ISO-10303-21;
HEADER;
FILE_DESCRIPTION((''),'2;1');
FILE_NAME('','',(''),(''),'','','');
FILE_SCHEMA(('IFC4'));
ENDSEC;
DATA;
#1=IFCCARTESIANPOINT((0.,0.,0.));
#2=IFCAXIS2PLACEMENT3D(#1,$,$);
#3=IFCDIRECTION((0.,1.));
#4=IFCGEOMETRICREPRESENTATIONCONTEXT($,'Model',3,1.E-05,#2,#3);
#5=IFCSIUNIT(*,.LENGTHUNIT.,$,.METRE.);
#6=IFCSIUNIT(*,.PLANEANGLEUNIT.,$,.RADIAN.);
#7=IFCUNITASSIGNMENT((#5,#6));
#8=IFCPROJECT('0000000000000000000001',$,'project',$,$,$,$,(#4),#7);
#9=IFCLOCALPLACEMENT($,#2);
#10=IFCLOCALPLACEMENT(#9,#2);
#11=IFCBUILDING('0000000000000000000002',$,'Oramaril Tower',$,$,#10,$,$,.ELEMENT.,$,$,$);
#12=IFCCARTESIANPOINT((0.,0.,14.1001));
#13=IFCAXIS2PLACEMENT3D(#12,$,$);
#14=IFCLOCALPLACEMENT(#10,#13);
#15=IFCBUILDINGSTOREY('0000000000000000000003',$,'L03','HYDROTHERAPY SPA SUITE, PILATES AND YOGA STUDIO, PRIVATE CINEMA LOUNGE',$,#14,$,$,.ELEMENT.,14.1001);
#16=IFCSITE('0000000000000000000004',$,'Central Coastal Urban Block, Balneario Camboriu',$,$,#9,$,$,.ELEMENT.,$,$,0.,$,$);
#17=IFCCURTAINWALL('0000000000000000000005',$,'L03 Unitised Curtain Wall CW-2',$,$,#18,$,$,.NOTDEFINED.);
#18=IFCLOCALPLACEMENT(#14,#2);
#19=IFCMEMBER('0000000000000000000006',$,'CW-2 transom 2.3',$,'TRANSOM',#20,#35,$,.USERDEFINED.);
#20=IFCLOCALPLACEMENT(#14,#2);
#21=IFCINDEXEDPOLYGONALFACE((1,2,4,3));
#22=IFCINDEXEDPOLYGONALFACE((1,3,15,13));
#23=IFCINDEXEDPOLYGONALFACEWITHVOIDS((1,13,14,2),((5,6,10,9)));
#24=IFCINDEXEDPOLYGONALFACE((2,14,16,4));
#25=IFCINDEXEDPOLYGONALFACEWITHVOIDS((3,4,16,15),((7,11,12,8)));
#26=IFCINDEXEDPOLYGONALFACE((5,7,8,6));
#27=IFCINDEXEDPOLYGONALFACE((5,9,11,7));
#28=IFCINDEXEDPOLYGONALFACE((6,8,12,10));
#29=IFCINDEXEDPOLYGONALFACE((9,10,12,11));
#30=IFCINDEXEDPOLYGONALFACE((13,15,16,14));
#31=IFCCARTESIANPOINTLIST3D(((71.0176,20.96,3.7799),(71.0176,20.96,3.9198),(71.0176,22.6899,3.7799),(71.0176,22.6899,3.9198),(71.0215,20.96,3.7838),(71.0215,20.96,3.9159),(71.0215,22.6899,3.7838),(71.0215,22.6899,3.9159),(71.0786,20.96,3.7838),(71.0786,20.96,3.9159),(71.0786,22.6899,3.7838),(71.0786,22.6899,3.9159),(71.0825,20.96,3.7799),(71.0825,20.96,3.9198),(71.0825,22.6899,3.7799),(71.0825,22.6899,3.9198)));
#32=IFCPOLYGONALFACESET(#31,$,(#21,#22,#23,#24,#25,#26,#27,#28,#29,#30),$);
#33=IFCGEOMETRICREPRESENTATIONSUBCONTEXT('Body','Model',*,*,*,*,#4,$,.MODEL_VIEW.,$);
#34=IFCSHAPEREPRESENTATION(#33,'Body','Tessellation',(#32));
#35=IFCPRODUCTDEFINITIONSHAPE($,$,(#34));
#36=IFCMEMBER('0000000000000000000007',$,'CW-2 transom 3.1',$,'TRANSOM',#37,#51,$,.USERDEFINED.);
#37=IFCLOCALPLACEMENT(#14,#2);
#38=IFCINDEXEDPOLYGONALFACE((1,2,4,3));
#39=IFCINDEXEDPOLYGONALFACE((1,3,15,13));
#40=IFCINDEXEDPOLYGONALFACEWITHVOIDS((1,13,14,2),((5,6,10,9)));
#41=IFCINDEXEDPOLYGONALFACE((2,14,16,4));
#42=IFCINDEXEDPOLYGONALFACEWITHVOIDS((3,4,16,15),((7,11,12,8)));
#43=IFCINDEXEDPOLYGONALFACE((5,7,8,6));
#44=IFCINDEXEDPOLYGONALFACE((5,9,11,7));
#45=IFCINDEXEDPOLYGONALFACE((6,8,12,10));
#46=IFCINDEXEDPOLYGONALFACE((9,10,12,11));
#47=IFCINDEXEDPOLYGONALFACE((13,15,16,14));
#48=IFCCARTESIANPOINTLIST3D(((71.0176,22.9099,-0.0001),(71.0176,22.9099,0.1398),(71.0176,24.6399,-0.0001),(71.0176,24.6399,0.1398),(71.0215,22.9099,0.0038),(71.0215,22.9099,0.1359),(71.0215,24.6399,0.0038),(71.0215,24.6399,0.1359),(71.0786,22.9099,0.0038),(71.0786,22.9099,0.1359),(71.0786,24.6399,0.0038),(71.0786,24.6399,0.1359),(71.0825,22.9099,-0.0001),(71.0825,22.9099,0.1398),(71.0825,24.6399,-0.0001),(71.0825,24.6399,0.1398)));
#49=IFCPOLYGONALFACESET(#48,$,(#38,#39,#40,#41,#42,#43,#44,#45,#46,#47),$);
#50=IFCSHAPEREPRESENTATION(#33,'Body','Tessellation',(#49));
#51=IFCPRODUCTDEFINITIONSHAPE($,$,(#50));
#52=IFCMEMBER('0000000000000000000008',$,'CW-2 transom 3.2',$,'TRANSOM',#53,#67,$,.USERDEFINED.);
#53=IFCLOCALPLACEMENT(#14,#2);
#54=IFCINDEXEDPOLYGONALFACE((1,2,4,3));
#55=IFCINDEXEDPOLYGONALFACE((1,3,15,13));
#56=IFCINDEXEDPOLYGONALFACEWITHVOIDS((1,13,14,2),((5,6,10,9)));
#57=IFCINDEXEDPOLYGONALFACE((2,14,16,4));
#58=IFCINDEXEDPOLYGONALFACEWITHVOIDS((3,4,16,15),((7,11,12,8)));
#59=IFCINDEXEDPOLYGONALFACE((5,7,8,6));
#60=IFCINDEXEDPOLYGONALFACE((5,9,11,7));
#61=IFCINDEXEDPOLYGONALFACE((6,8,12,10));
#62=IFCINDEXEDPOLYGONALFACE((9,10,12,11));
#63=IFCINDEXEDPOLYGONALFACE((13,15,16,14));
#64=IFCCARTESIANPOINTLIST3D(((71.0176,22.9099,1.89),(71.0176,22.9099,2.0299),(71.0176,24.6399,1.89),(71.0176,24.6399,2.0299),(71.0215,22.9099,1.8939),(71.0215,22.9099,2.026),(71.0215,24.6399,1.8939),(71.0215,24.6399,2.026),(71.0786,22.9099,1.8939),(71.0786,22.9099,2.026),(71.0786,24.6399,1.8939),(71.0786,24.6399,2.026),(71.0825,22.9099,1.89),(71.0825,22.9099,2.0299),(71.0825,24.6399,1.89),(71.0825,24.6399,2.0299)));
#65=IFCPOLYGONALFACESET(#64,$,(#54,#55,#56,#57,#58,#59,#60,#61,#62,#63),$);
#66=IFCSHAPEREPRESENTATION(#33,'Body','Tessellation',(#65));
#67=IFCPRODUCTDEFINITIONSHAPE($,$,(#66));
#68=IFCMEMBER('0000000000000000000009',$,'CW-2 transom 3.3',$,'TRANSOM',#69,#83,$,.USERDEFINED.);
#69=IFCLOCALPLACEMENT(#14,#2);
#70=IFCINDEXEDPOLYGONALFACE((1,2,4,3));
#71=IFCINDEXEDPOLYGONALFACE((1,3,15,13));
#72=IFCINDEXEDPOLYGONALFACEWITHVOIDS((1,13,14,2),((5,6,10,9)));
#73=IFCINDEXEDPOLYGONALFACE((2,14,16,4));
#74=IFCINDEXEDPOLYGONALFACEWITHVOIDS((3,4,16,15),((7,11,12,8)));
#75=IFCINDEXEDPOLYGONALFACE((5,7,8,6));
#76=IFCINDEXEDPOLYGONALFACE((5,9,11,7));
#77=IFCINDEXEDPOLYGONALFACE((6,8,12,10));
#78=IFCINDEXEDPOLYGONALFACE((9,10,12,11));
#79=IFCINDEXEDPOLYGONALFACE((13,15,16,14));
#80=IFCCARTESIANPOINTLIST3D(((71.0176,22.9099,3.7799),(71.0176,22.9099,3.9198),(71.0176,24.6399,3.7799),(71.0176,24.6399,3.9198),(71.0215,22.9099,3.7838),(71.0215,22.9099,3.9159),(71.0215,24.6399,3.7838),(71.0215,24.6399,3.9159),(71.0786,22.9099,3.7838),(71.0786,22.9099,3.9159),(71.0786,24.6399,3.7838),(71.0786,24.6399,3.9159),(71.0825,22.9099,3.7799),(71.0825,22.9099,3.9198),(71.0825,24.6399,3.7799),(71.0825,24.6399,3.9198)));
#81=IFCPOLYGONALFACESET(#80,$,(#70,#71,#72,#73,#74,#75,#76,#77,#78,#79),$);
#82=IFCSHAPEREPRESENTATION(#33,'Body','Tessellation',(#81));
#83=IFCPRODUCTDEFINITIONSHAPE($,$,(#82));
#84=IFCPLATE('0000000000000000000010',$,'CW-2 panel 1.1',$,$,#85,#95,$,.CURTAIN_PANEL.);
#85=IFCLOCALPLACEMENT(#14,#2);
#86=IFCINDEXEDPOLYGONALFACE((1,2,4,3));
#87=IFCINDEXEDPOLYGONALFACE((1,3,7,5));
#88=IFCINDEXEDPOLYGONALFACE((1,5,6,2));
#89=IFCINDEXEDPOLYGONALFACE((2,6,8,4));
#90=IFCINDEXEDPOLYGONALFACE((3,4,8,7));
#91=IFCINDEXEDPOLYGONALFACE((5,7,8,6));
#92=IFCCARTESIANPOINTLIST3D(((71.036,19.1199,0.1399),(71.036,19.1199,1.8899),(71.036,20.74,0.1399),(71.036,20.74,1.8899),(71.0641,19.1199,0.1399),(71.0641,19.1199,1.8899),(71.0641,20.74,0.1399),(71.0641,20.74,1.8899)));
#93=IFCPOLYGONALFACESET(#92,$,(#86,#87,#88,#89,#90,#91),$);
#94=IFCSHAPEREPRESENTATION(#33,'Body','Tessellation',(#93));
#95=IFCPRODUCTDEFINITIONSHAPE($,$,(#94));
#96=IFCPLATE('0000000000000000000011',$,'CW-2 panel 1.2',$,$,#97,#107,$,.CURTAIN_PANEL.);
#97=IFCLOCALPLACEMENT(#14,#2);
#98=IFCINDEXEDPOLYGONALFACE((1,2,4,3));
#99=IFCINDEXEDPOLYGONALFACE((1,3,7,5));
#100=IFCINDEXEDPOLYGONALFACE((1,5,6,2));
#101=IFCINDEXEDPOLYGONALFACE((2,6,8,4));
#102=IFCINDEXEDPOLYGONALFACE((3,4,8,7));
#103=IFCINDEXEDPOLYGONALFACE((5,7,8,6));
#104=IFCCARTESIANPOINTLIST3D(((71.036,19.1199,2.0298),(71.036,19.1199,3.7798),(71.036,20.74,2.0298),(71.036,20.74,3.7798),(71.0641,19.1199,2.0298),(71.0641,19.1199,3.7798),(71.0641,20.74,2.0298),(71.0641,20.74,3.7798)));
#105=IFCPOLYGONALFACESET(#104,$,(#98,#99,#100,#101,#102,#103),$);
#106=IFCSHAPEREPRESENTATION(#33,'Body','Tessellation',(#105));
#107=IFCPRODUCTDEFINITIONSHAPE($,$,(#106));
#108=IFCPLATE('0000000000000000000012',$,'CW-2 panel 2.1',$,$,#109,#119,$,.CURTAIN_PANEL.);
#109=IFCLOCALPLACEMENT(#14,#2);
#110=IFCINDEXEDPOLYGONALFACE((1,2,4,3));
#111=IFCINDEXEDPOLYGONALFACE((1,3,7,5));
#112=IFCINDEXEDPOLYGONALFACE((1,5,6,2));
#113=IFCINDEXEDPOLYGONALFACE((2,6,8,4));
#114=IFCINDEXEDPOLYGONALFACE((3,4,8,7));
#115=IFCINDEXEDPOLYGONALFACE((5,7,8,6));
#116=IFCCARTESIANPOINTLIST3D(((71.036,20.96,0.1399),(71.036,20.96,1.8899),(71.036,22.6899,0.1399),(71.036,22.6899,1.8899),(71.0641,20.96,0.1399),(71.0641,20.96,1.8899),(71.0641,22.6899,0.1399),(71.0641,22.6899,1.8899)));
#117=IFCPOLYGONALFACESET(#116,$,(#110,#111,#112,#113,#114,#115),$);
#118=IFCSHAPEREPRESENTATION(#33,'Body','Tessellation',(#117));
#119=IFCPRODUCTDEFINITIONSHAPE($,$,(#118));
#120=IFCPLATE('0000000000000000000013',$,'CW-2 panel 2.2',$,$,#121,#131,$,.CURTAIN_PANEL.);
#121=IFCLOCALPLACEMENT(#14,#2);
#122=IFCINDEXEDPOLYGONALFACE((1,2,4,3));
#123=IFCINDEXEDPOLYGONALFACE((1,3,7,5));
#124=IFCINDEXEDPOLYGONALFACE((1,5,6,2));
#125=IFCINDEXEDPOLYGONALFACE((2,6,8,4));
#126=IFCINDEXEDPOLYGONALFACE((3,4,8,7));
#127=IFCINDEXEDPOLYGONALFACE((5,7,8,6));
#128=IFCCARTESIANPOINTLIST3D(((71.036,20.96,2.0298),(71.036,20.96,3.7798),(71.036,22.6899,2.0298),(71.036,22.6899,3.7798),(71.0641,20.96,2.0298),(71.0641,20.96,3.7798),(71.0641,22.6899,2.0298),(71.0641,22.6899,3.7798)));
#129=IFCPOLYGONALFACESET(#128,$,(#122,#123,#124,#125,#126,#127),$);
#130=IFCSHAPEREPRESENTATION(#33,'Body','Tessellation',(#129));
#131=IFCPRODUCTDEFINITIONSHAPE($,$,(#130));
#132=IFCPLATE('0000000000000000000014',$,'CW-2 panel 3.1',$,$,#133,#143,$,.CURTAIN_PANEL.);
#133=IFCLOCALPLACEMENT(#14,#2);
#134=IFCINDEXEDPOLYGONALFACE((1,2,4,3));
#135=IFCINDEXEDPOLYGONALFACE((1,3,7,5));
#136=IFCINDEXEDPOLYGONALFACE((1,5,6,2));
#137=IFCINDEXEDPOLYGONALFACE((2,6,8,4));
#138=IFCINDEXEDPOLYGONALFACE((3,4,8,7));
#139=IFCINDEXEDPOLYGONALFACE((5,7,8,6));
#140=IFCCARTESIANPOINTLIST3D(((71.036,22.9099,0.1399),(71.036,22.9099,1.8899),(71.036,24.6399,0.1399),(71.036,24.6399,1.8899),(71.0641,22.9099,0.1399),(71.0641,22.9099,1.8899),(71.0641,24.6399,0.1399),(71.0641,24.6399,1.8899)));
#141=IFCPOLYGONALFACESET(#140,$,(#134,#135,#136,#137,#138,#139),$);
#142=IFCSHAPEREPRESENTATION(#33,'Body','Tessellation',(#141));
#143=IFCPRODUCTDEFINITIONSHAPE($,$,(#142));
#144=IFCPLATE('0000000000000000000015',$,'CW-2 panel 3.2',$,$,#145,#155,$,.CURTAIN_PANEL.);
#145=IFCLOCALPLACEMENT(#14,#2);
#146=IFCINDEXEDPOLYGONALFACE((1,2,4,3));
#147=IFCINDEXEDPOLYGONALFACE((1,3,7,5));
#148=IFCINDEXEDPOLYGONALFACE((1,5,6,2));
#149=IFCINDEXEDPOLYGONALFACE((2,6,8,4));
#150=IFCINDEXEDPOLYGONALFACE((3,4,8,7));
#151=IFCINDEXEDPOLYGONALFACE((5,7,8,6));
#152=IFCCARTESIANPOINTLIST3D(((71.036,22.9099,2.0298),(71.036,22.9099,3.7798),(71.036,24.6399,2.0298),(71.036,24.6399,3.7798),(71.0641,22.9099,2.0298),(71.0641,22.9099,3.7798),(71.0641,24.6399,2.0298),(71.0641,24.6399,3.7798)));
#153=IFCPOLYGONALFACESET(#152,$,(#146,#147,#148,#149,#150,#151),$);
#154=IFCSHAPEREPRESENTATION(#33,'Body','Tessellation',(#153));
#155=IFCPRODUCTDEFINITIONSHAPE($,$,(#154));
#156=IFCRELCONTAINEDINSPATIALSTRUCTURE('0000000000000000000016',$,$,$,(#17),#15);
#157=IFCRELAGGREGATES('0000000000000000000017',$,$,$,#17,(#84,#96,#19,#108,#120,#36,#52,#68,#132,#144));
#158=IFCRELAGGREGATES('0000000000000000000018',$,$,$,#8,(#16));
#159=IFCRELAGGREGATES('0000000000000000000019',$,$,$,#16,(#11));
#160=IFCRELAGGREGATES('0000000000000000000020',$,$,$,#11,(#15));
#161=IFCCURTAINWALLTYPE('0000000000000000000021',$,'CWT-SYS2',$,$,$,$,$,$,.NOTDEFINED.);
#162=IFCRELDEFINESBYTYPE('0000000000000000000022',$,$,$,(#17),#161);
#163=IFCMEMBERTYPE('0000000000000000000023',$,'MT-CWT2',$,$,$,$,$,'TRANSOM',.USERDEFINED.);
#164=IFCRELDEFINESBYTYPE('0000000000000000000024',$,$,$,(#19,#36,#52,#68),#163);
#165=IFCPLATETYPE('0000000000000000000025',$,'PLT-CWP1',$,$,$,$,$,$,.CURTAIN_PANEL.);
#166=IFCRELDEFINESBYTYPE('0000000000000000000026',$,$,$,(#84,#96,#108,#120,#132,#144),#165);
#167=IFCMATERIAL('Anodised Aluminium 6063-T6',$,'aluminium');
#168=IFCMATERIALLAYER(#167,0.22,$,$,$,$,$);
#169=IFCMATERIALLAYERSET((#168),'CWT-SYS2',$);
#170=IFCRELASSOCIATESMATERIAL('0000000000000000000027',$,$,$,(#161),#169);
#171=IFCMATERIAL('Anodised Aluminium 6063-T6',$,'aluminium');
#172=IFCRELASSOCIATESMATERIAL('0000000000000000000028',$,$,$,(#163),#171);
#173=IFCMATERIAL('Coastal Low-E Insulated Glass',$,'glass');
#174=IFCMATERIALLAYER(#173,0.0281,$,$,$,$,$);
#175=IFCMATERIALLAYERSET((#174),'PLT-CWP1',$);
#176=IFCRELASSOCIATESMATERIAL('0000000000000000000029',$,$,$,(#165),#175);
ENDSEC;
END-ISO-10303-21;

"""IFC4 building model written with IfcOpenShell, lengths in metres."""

from ifc_helpers import new_model, si_unit, direction, frame, origin, origin_2d, place, context, subcontext, project, spatial, rectangle, hollow_rectangle, extrude, material, layer, layer_set, material_profile, profile_set, type_object, element, aggregate, save


model = new_model("IFC4")

# Units and contexts
model_context = context("Model", 3, precision=1e-05, world=origin(), true_north=direction((0.0, 1.0)))
body_context = subcontext(model_context, "Body", "Model", "MODEL_VIEW")
ifc_project = project(units=[si_unit("LENGTHUNIT", "METRE"), si_unit("PLANEANGLEUNIT", "RADIAN")], contexts=[model_context])

# Site, building, storey
site_placement = place(None, origin())
site = spatial("IfcSite", under=ifc_project, at=site_placement, Name="Central Coastal Urban Block, Balneario Camboriu", CompositionType="ELEMENT", RefElevation=0.0)
building_placement = place(site_placement, origin())
building = spatial("IfcBuilding", under=site, at=building_placement, Name="Oramaril Tower", CompositionType="ELEMENT")
storey_placement = place(building_placement, frame((0.0, 0.0, 14.1001)))
storey = spatial("IfcBuildingStorey", under=building, at=storey_placement, Name="L03", Description="HYDROTHERAPY SPA SUITE, PILATES AND YOGA STUDIO, PRIVATE CINEMA LOUNGE", CompositionType="ELEMENT", Elevation=14.1001)

# Curtain wall, members, plates
ifc_material_1 = material(Name="Anodised Aluminium 6063-T6", Category="aluminium")
ifc_layer_1 = layer(ifc_material_1, 0.22)
ifc_layer_set_1 = layer_set([ifc_layer_1], Name="CWT-SYS2")
curtain_wall_type = type_object("IfcCurtainWallType", Name="CWT-SYS2", PredefinedType="NOTDEFINED", material=ifc_layer_set_1)
curtain_wall_placement = place(storey_placement, origin())
curtain_wall = element("IfcCurtainWall", 1, at=curtain_wall_placement, inside=storey, type_object=curtain_wall_type, Name="L03 Unitised Curtain Wall CW-2", PredefinedType="NOTDEFINED")
ifc_material_2 = material(Name="Anodised Aluminium 6063-T6", Category="aluminium")
ifc_material_profile_1 = material_profile(ifc_material_2, hollow_rectangle(XDim=0.0649, YDim=0.1399, WallThickness=0.0039, at=origin_2d()), Name="CWT140X65")
ifc_profile_set_1 = profile_set([ifc_material_profile_1], Name="Anodised Aluminium 6063-T6")
member_type_1 = type_object("IfcMemberType", Name="MT-CWT2", ElementType="TRANSOM", PredefinedType="USERDEFINED", material=ifc_profile_set_1)
member_1_placement = place(storey_placement, frame((71.05, 20.96, 3.8499), z_axis=(0.0, 1.0, 0.0), x_axis=(-1.0, 0.0, 0.0)))
member_1 = element("IfcMember", 2, at=member_1_placement, type_object=member_type_1, Name="CW-2 transom 2.3", ObjectType="TRANSOM", PredefinedType="USERDEFINED", context=body_context, shape_type="SweptSolid", body=[
    extrude(hollow_rectangle(XDim=0.0649, YDim=0.1399, WallThickness=0.0039, at=origin_2d()), origin(), (0.0, 0.0, 1.0), 1.73),
])
member_2_placement = place(storey_placement, frame((71.05, 22.9099, 0.0698), z_axis=(0.0, 1.0, 0.0), x_axis=(-1.0, 0.0, 0.0)))
member_2 = element("IfcMember", 3, at=member_2_placement, type_object=member_type_1, Name="CW-2 transom 3.1", ObjectType="TRANSOM", PredefinedType="USERDEFINED", context=body_context, shape_type="SweptSolid", body=[
    extrude(hollow_rectangle(XDim=0.0649, YDim=0.1399, WallThickness=0.0039, at=origin_2d()), origin(), (0.0, 0.0, 1.0), 1.73),
])
member_3_placement = place(storey_placement, frame((71.05, 22.9099, 1.96), z_axis=(0.0, 1.0, 0.0), x_axis=(-1.0, 0.0, 0.0)))
member_3 = element("IfcMember", 4, at=member_3_placement, type_object=member_type_1, Name="CW-2 transom 3.2", ObjectType="TRANSOM", PredefinedType="USERDEFINED", context=body_context, shape_type="SweptSolid", body=[
    extrude(hollow_rectangle(XDim=0.0649, YDim=0.1399, WallThickness=0.0039, at=origin_2d()), origin(), (0.0, 0.0, 1.0), 1.73),
])
member_4_placement = place(storey_placement, frame((71.05, 22.9099, 3.8499), z_axis=(0.0, 1.0, 0.0), x_axis=(-1.0, 0.0, 0.0)))
member_4 = element("IfcMember", 5, at=member_4_placement, type_object=member_type_1, Name="CW-2 transom 3.3", ObjectType="TRANSOM", PredefinedType="USERDEFINED", context=body_context, shape_type="SweptSolid", body=[
    extrude(hollow_rectangle(XDim=0.0649, YDim=0.1399, WallThickness=0.0039, at=origin_2d()), origin(), (0.0, 0.0, 1.0), 1.73),
])
ifc_material_3 = material(Name="Coastal Low-E Insulated Glass", Category="glass")
ifc_layer_2 = layer(ifc_material_3, 0.0281)
ifc_layer_set_2 = layer_set([ifc_layer_2], Name="PLT-CWP1")
plate_type = type_object("IfcPlateType", Name="PLT-CWP1", PredefinedType="CURTAIN_PANEL", material=ifc_layer_set_2)
plate_1_placement = place(storey_placement, frame((71.05, 19.9299, 0.1399), z_axis=(0.0, 0.0, 1.0), x_axis=(0.0, 1.0, 0.0)))
plate_1 = element("IfcPlate", 6, at=plate_1_placement, type_object=plate_type, Name="CW-2 panel 1.1", PredefinedType="CURTAIN_PANEL", context=body_context, shape_type="SweptSolid", body=[
    extrude(rectangle(XDim=1.6201, YDim=0.0281, at=origin_2d()), origin(), (0.0, 0.0, 1.0), 1.75),
])
plate_2_placement = place(storey_placement, frame((71.05, 19.9299, 2.0298), z_axis=(0.0, 0.0, 1.0), x_axis=(0.0, 1.0, 0.0)))
plate_2 = element("IfcPlate", 7, at=plate_2_placement, type_object=plate_type, Name="CW-2 panel 1.2", PredefinedType="CURTAIN_PANEL", context=body_context, shape_type="SweptSolid", body=[
    extrude(rectangle(XDim=1.6201, YDim=0.0281, at=origin_2d()), origin(), (0.0, 0.0, 1.0), 1.75),
])
plate_3_placement = place(storey_placement, frame((71.05, 21.825, 0.1399), z_axis=(0.0, 0.0, 1.0), x_axis=(0.0, 1.0, 0.0)))
plate_3 = element("IfcPlate", 8, at=plate_3_placement, type_object=plate_type, Name="CW-2 panel 2.1", PredefinedType="CURTAIN_PANEL", context=body_context, shape_type="SweptSolid", body=[
    extrude(rectangle(XDim=1.73, YDim=0.0281, at=origin_2d()), origin(), (0.0, 0.0, 1.0), 1.75),
])
plate_4_placement = place(storey_placement, frame((71.05, 21.825, 2.0298), z_axis=(0.0, 0.0, 1.0), x_axis=(0.0, 1.0, 0.0)))
plate_4 = element("IfcPlate", 9, at=plate_4_placement, type_object=plate_type, Name="CW-2 panel 2.2", PredefinedType="CURTAIN_PANEL", context=body_context, shape_type="SweptSolid", body=[
    extrude(rectangle(XDim=1.73, YDim=0.0281, at=origin_2d()), origin(), (0.0, 0.0, 1.0), 1.75),
])
plate_5_placement = place(storey_placement, frame((71.05, 23.7749, 0.1399), z_axis=(0.0, 0.0, 1.0), x_axis=(0.0, 1.0, 0.0)))
plate_5 = element("IfcPlate", 10, at=plate_5_placement, type_object=plate_type, Name="CW-2 panel 3.1", PredefinedType="CURTAIN_PANEL", context=body_context, shape_type="SweptSolid", body=[
    extrude(rectangle(XDim=1.73, YDim=0.0281, at=origin_2d()), origin(), (0.0, 0.0, 1.0), 1.75),
])
plate_6_placement = place(storey_placement, frame((71.05, 23.7749, 2.0298), z_axis=(0.0, 0.0, 1.0), x_axis=(0.0, 1.0, 0.0)))
plate_6 = element("IfcPlate", 11, at=plate_6_placement, type_object=plate_type, Name="CW-2 panel 3.2", PredefinedType="CURTAIN_PANEL", context=body_context, shape_type="SweptSolid", body=[
    extrude(rectangle(XDim=1.73, YDim=0.0281, at=origin_2d()), origin(), (0.0, 0.0, 1.0), 1.75),
])
aggregate(curtain_wall, [plate_1, plate_2, member_1, plate_3, plate_4, member_2, member_3, member_4, plate_5, plate_6])

save(model, "model.ifc")
